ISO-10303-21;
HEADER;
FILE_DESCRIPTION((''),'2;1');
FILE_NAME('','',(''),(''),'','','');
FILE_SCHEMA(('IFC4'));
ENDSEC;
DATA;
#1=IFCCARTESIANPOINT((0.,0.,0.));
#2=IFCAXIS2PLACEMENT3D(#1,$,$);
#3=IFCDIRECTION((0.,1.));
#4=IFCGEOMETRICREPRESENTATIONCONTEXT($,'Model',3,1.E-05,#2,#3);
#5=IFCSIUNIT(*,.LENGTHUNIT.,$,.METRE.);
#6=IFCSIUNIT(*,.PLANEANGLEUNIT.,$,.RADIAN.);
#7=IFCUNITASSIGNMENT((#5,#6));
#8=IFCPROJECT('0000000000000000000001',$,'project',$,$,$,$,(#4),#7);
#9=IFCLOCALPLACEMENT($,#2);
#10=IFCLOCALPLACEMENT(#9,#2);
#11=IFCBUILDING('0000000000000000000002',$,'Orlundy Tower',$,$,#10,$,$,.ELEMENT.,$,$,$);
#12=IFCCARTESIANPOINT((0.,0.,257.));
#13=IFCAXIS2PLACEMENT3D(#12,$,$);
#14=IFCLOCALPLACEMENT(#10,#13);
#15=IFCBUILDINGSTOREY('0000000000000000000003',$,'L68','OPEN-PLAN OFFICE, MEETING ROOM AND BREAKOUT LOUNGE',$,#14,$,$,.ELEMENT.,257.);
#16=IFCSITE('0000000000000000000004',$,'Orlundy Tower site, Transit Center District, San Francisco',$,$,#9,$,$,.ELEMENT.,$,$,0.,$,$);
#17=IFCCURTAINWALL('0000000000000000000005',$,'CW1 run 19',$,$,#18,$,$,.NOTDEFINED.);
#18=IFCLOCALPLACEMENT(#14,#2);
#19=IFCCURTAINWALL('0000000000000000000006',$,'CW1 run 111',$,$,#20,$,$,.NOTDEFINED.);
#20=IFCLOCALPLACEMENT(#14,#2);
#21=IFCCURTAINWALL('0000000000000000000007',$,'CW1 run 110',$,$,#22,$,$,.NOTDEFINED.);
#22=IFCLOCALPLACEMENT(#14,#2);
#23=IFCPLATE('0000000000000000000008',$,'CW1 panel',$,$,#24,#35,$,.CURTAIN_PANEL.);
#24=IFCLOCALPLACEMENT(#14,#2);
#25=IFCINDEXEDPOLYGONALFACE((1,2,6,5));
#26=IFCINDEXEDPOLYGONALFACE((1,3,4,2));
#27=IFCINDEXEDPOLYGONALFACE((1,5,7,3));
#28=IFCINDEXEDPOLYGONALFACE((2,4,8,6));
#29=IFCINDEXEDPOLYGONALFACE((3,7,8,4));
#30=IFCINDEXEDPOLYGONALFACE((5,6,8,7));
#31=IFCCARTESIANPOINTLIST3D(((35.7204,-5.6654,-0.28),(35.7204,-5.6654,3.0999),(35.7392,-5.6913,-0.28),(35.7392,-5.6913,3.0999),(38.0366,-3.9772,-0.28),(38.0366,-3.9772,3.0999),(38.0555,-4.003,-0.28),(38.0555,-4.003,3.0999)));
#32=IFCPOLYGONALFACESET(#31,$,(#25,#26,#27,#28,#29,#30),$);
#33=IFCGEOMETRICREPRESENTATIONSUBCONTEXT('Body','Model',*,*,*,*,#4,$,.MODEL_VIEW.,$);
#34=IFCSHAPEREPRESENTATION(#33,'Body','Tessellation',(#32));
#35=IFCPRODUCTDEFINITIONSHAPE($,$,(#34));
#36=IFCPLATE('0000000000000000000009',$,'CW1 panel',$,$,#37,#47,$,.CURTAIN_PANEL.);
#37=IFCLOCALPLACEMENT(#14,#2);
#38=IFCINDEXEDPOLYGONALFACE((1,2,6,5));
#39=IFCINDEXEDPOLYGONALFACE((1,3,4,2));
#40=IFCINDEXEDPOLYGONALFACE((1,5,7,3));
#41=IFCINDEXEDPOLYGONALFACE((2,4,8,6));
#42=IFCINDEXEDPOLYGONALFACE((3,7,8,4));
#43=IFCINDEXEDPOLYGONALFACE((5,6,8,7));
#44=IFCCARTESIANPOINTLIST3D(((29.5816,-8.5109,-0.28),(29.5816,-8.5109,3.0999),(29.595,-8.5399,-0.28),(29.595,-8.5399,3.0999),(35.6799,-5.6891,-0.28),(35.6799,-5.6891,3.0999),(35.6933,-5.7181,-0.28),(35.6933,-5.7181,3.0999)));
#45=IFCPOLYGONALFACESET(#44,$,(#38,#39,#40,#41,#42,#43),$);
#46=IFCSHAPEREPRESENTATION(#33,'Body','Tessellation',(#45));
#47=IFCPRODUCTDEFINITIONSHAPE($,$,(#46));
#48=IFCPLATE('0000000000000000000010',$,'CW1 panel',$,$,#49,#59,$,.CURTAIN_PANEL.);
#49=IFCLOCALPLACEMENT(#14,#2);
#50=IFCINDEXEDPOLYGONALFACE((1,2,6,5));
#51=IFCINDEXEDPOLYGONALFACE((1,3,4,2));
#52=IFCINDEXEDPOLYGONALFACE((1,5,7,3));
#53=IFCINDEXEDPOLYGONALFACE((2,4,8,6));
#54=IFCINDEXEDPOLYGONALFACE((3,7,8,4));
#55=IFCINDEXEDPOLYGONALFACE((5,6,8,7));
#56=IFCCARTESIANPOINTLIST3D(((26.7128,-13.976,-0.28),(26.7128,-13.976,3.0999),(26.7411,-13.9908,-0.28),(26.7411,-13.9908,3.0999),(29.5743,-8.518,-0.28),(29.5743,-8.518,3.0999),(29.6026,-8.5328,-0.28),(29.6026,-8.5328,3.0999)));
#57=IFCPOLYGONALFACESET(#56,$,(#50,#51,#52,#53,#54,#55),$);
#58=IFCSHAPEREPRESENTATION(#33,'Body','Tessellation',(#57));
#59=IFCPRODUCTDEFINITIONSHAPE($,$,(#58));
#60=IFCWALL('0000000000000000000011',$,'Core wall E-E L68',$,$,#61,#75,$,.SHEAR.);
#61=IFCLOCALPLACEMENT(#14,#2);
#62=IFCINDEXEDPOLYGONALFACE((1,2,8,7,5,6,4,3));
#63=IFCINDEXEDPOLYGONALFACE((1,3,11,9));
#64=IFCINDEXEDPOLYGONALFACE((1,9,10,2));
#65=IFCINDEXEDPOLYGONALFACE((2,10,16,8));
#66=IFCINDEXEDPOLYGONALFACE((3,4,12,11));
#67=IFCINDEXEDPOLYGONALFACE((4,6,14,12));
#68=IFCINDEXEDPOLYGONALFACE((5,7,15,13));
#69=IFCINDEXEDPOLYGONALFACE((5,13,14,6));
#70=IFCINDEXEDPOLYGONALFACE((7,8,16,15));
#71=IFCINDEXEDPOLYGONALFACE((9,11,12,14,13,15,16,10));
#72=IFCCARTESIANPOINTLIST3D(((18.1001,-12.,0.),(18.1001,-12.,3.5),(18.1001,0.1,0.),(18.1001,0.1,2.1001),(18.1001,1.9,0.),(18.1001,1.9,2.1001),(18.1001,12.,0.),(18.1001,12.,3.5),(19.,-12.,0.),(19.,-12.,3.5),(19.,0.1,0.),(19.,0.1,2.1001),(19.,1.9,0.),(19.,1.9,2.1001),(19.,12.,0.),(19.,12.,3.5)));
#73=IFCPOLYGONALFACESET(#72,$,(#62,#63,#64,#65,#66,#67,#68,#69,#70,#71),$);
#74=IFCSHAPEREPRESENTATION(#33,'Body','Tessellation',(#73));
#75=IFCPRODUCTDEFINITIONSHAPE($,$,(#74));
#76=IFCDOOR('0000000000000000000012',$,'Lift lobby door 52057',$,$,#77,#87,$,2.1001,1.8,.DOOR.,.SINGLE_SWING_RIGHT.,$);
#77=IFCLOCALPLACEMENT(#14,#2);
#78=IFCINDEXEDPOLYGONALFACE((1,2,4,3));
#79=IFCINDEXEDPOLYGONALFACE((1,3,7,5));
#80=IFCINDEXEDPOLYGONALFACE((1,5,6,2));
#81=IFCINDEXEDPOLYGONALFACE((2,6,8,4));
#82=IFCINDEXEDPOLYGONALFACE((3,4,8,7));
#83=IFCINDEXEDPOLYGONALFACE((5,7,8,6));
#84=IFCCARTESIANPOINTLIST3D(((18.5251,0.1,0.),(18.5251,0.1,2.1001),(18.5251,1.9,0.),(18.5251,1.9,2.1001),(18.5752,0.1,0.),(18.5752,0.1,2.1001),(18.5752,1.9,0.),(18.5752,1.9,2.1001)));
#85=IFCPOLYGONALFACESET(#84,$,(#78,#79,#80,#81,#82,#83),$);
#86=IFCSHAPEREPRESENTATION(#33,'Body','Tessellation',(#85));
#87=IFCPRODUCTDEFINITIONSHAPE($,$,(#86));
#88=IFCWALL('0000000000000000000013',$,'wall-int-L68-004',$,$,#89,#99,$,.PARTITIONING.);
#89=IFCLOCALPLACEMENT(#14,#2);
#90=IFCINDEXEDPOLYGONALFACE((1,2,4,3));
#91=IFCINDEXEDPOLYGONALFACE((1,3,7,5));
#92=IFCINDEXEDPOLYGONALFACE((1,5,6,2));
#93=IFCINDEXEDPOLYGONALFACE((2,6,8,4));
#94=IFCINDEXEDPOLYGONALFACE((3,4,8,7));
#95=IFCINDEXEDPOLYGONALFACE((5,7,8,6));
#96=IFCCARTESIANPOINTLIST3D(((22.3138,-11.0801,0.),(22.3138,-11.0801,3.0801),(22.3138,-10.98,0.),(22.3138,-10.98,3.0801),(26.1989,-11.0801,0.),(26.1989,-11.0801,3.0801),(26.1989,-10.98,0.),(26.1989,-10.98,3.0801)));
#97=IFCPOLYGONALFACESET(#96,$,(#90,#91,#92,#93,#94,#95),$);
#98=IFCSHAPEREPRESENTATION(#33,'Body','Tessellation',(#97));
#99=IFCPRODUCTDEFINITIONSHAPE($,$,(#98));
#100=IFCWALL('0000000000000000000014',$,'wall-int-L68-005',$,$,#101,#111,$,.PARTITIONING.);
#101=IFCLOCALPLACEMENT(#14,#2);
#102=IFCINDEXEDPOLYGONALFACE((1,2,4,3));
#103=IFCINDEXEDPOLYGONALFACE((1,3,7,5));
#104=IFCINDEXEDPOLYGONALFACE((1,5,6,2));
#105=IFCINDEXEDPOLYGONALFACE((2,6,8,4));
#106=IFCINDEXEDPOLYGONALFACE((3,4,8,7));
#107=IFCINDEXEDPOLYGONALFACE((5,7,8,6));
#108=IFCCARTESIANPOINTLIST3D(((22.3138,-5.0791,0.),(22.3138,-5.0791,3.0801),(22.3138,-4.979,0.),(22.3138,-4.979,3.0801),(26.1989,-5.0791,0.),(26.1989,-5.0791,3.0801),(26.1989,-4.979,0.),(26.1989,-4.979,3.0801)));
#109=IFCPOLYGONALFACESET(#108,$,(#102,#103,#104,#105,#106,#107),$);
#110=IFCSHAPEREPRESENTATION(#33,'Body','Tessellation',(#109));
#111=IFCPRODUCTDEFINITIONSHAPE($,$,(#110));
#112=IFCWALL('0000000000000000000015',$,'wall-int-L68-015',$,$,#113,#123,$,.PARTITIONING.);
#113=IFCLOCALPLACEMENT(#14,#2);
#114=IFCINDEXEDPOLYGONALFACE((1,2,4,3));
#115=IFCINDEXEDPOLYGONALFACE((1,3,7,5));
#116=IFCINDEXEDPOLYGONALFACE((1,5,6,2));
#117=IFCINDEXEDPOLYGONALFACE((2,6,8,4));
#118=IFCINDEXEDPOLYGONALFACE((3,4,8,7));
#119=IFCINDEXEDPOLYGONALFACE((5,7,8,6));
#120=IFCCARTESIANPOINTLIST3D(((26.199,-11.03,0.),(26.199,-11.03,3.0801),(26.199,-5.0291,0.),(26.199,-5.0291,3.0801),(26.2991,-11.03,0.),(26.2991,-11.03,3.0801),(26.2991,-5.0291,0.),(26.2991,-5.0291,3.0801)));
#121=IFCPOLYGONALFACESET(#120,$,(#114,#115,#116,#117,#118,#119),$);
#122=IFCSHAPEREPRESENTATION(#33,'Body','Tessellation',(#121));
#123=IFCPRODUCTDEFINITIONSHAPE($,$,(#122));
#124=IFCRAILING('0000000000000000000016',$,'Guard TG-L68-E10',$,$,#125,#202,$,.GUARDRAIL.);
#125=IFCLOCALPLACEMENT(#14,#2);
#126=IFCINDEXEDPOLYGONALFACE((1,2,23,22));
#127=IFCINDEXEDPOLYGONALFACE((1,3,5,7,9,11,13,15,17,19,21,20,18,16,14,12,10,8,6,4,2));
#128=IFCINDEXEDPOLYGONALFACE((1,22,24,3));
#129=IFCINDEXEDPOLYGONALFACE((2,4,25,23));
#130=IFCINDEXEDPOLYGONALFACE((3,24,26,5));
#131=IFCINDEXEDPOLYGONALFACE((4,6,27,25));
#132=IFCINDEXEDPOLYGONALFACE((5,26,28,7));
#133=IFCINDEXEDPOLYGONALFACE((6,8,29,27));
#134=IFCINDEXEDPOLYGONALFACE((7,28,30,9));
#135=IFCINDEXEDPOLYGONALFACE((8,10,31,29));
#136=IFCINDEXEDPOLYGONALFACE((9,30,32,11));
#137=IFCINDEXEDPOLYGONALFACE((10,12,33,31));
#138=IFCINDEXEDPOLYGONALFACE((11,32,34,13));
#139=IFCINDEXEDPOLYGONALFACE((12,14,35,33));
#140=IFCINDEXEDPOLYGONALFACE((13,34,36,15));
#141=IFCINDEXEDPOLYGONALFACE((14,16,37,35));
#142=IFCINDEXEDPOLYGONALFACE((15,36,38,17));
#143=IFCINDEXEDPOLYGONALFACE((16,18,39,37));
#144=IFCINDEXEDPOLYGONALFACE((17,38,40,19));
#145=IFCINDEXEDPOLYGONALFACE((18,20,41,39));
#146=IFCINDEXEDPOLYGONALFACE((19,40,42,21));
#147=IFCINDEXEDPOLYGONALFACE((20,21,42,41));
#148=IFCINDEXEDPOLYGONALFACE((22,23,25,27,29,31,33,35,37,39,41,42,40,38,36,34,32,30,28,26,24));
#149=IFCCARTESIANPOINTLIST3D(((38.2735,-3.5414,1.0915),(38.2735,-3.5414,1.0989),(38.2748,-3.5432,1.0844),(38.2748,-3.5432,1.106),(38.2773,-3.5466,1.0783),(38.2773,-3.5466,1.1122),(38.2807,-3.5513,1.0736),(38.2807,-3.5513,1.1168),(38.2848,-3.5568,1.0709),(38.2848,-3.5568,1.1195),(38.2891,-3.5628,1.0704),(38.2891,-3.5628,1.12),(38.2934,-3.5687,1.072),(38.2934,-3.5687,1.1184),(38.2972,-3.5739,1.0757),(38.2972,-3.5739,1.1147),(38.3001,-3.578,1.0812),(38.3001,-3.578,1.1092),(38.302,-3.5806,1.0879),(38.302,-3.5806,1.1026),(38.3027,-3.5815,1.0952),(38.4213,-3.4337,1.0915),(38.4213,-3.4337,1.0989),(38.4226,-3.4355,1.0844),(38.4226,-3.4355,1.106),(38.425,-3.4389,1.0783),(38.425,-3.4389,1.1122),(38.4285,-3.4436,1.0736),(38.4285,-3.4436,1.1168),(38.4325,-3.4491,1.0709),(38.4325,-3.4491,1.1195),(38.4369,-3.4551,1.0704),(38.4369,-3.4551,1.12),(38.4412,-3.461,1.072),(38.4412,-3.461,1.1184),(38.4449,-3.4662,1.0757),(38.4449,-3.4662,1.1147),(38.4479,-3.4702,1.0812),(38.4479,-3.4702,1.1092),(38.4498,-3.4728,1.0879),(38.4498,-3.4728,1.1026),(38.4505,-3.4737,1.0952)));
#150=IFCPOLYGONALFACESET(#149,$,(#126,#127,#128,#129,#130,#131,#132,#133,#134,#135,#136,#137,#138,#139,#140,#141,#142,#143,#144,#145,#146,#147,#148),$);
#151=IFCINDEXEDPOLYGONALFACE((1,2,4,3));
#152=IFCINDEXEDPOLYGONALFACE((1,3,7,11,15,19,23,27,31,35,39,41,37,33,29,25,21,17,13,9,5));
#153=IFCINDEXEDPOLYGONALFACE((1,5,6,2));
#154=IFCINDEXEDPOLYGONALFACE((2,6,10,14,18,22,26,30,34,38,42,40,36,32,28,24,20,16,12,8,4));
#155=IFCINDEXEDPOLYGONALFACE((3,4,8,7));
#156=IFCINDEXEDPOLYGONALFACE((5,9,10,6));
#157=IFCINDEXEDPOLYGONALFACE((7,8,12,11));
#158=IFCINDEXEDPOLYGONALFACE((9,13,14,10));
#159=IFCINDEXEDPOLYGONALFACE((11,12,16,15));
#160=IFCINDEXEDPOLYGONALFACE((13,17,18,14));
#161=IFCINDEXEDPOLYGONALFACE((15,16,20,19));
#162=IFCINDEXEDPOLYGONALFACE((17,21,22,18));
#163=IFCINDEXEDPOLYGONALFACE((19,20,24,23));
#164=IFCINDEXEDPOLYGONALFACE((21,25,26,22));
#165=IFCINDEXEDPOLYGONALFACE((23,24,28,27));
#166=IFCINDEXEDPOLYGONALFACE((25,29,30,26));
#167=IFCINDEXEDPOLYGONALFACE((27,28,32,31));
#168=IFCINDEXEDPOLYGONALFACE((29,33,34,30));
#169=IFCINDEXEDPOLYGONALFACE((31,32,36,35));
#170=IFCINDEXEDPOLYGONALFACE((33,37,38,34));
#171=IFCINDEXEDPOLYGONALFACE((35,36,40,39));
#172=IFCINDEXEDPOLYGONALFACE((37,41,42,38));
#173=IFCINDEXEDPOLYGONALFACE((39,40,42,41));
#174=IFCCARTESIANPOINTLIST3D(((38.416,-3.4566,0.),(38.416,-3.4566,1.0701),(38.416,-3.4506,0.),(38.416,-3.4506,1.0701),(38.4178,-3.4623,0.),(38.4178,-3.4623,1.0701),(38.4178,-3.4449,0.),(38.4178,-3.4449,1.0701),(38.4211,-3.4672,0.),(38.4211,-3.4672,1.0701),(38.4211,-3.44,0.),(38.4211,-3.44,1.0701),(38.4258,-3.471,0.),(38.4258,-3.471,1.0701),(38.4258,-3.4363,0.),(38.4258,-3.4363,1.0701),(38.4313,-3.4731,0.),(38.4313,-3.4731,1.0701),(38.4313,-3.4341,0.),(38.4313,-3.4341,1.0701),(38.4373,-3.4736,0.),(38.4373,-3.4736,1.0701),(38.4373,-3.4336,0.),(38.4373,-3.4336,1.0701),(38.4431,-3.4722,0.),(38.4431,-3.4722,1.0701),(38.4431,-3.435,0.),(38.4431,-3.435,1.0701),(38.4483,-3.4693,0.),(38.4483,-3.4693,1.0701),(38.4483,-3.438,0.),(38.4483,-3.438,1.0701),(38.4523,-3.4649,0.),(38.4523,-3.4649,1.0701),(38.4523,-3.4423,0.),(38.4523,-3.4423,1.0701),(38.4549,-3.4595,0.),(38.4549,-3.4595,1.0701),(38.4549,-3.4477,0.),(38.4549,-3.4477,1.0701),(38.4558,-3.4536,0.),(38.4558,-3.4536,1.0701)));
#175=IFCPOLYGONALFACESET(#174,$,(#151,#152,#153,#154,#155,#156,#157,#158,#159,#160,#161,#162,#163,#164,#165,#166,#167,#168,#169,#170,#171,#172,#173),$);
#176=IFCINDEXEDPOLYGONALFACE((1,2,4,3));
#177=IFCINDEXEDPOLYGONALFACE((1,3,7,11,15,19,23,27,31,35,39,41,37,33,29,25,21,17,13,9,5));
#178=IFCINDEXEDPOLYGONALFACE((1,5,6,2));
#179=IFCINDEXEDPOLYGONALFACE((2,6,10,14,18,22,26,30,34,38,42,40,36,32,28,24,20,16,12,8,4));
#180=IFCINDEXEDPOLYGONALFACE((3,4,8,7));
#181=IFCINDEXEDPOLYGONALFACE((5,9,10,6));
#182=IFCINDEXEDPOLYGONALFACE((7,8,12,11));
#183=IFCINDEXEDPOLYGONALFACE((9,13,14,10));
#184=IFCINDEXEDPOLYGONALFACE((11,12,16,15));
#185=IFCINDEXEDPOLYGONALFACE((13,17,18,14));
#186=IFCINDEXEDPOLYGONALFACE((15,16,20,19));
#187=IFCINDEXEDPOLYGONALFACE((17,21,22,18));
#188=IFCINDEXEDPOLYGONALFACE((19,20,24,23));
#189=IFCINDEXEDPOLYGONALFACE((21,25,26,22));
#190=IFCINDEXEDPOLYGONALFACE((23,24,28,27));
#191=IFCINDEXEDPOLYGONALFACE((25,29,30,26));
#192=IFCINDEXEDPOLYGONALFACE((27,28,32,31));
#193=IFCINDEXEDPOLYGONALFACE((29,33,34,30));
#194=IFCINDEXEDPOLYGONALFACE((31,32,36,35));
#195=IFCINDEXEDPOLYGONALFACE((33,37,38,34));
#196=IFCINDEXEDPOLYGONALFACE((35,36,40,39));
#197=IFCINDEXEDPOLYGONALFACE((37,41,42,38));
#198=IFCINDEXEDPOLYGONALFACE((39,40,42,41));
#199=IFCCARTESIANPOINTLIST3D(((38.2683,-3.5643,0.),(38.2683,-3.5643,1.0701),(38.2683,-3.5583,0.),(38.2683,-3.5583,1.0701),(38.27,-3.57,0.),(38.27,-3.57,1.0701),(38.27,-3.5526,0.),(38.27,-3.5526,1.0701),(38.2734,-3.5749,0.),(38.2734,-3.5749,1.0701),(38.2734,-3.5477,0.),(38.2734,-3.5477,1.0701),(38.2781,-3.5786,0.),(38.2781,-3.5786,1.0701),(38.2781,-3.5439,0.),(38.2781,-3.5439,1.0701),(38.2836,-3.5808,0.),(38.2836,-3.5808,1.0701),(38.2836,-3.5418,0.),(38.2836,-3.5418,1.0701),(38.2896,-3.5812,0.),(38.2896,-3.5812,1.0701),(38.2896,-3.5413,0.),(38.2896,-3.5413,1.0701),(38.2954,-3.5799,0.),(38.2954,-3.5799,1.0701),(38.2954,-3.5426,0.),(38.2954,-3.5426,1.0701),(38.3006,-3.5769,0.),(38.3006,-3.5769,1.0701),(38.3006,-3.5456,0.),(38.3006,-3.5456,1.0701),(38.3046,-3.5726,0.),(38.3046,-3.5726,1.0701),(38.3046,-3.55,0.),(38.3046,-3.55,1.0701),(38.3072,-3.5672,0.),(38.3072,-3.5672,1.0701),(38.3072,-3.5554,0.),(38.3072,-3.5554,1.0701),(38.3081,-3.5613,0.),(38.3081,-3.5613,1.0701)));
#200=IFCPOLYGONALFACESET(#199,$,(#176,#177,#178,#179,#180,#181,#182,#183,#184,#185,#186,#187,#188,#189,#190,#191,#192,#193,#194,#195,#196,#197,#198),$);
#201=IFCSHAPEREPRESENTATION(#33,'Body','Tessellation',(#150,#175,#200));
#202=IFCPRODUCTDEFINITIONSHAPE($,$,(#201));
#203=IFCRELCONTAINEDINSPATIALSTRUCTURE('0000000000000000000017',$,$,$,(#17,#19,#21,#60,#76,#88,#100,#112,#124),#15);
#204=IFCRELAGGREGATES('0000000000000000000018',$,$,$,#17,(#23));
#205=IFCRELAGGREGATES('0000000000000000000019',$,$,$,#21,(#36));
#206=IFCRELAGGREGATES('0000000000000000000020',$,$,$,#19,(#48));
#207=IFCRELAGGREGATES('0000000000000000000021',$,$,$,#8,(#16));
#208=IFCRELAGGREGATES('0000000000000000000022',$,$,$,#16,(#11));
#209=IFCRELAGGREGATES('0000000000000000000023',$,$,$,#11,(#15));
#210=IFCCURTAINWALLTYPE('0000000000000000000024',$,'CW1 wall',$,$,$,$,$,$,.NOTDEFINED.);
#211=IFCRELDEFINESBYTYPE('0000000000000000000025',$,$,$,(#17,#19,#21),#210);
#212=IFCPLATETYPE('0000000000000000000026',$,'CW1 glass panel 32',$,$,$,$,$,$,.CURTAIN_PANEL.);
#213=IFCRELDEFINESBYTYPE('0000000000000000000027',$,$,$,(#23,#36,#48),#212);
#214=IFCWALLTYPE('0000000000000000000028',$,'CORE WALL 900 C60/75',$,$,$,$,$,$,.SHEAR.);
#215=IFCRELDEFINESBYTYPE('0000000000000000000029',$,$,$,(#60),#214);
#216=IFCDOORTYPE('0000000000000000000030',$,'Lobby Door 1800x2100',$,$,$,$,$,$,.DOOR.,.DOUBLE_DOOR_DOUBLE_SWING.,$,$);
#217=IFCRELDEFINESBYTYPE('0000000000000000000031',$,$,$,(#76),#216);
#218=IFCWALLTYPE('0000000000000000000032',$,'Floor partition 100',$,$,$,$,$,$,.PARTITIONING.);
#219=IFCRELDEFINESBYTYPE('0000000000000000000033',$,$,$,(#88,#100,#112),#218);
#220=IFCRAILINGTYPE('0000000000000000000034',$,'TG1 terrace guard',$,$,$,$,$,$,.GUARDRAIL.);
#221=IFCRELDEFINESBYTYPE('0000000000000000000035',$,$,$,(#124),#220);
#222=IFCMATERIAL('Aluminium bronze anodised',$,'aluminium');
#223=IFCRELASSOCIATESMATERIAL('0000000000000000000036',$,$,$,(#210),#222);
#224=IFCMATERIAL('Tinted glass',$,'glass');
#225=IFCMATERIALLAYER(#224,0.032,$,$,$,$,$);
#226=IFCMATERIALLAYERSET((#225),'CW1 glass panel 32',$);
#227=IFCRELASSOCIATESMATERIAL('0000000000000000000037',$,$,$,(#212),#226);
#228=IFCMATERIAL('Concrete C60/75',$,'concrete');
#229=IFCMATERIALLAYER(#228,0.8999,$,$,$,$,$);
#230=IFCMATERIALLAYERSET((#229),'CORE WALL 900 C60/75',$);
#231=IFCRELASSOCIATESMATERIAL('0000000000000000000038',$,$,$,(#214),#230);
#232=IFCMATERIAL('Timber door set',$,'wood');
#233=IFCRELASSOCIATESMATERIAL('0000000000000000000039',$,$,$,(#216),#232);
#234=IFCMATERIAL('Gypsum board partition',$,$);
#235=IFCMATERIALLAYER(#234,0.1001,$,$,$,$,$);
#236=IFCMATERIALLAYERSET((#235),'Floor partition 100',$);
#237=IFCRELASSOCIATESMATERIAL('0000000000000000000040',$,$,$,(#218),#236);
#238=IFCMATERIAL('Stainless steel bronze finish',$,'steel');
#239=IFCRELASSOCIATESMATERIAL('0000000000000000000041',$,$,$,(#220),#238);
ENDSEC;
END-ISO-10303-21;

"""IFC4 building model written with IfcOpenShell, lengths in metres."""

from ifc_helpers import new_model, si_unit, direction, frame, frame_2d, origin, origin_2d, place, context, subcontext, project, spatial, rectangle, circle, extrude, material, layer, layer_set, type_object, element, fill, aggregate, save


model = new_model("IFC4")

# Units and contexts
model_context = context("Model", 3, precision=1e-05, world=origin(), true_north=direction((0.0, 1.0)))
body_context = subcontext(model_context, "Body", "Model", "MODEL_VIEW")
ifc_project = project(units=[si_unit("LENGTHUNIT", "METRE"), si_unit("PLANEANGLEUNIT", "RADIAN")], contexts=[model_context])

# Site, building, storey
site_placement = place(None, origin())
site = spatial("IfcSite", under=ifc_project, at=site_placement, Name="Orlundy Tower site, Transit Center District, San Francisco", CompositionType="ELEMENT", RefElevation=0.0)
building_placement = place(site_placement, origin())
building = spatial("IfcBuilding", under=site, at=building_placement, Name="Orlundy Tower", CompositionType="ELEMENT")
storey_placement = place(building_placement, frame((0.0, 0.0, 257.0)))
storey = spatial("IfcBuildingStorey", under=building, at=storey_placement, Name="L68", Description="OPEN-PLAN OFFICE, MEETING ROOM AND BREAKOUT LOUNGE", CompositionType="ELEMENT", Elevation=257.0)

# Curtain walls
ifc_material_1 = material(Name="Aluminium bronze anodised", Category="aluminium")
curtain_wall_type = type_object("IfcCurtainWallType", Name="CW1 wall", PredefinedType="NOTDEFINED", material=ifc_material_1)
curtain_wall_1_placement = place(storey_placement, origin())
curtain_wall_1 = element("IfcCurtainWall", 1, at=curtain_wall_1_placement, inside=storey, type_object=curtain_wall_type, Name="CW1 run 19", PredefinedType="NOTDEFINED")
curtain_wall_2_placement = place(storey_placement, origin())
curtain_wall_2 = element("IfcCurtainWall", 2, at=curtain_wall_2_placement, inside=storey, type_object=curtain_wall_type, Name="CW1 run 111", PredefinedType="NOTDEFINED")
curtain_wall_3_placement = place(storey_placement, origin())
curtain_wall_3 = element("IfcCurtainWall", 3, at=curtain_wall_3_placement, inside=storey, type_object=curtain_wall_type, Name="CW1 run 110", PredefinedType="NOTDEFINED")

# Plates
ifc_material_2 = material(Name="Tinted glass", Category="glass")
ifc_layer_1 = layer(ifc_material_2, 0.032)
ifc_layer_set_1 = layer_set([ifc_layer_1], Name="CW1 glass panel 32")
plate_type = type_object("IfcPlateType", Name="CW1 glass panel 32", PredefinedType="CURTAIN_PANEL", material=ifc_layer_set_1)
plate_1_placement = place(storey_placement, frame((36.8879, -4.8342, -0.28), z_axis=(0.0, 0.0, 1.0), x_axis=(-0.808117, -0.589022, 0.0)))
plate_1 = element("IfcPlate", 4, at=plate_1_placement, type_object=plate_type, Name="CW1 panel", PredefinedType="CURTAIN_PANEL", context=body_context, shape_type="SweptSolid", body=[
    extrude(rectangle(XDim=2.8662, YDim=0.032, at=origin_2d()), origin(), (0.0, 0.0, 1.0), 3.3799),
])
aggregate(curtain_wall_1, [plate_1])
plate_2_placement = place(storey_placement, frame((32.6375, -7.1145, -0.28), z_axis=(0.0, 0.0, 1.0), x_axis=(-0.907549, -0.419946, 0.0)))
plate_2 = element("IfcPlate", 5, at=plate_2_placement, type_object=plate_type, Name="CW1 panel", PredefinedType="CURTAIN_PANEL", context=body_context, shape_type="SweptSolid", body=[
    extrude(rectangle(XDim=6.7195, YDim=0.032, at=origin_2d()), origin(), (0.0, 0.0, 1.0), 3.3799),
])
aggregate(curtain_wall_3, [plate_2])
plate_3_placement = place(storey_placement, frame((28.1577, -11.2544, -0.28), z_axis=(0.0, 0.0, 1.0), x_axis=(-0.464333, -0.885661, 0.0)))
plate_3 = element("IfcPlate", 6, at=plate_3_placement, type_object=plate_type, Name="CW1 panel", PredefinedType="CURTAIN_PANEL", context=body_context, shape_type="SweptSolid", body=[
    extrude(rectangle(XDim=6.1626, YDim=0.032, at=origin_2d()), origin(), (0.0, 0.0, 1.0), 3.3799),
])
aggregate(curtain_wall_2, [plate_3])

# Wall, opening, door
ifc_material_3 = material(Name="Concrete C60/75", Category="concrete")
ifc_layer_2 = layer(ifc_material_3, 0.8999)
ifc_layer_set_2 = layer_set([ifc_layer_2], Name="CORE WALL 900 C60/75")
wall_type_1 = type_object("IfcWallType", Name="CORE WALL 900 C60/75", PredefinedType="SHEAR", material=ifc_layer_set_2)
wall_1_placement = place(storey_placement, frame((18.55, -12.0, 0.0), z_axis=(0.0, 0.0, 1.0), x_axis=(0.0, 1.0, 0.0)))
wall_1 = element("IfcWall", 7, at=wall_1_placement, inside=storey, type_object=wall_type_1, Name="Core wall E-E L68", PredefinedType="SHEAR", context=body_context, shape_type="SweptSolid", body=[
    extrude(rectangle(XDim=24.0, YDim=0.8999, at=frame_2d((12.0, 0.0))), origin(), (0.0, 0.0, 1.0), 3.5),
])
opening_placement = place(wall_1_placement, frame((12.1001, 0.0, 0.0)))
opening = element("IfcOpeningElement", 8, at=opening_placement, cuts=wall_1, PredefinedType="OPENING", context=body_context, shape_type="SweptSolid", body=[
    extrude(rectangle(XDim=1.8, YDim=2.1001, at=frame_2d((0.8999, 1.05))), frame((0.0, 0.46, 0.0), z_axis=(0.0, -1.0, 0.0), x_axis=(1.0, 0.0, 0.0)), (0.0, 0.0, 1.0), 0.9199),
])
ifc_material_4 = material(Name="Timber door set", Category="wood")
door_type = type_object("IfcDoorType", Name="Lobby Door 1800x2100", OperationType="DOUBLE_DOOR_DOUBLE_SWING", PredefinedType="DOOR", material=ifc_material_4)
door_placement = place(opening_placement, origin())
door = element("IfcDoor", 9, at=door_placement, inside=storey, type_object=door_type, Name="Lift lobby door 52057", OperationType="SINGLE_SWING_RIGHT", OverallHeight=2.1001, OverallWidth=1.8, PredefinedType="DOOR", context=body_context, shape_type="SweptSolid", body=[
    extrude(rectangle(XDim=1.8, YDim=2.1001, at=frame_2d((0.8999, 1.05))), frame((0.0, 0.0249, 0.0), z_axis=(0.0, -1.0, 0.0), x_axis=(1.0, 0.0, 0.0)), (0.0, 0.0, 1.0), 0.05),
])
fill(opening, door)

# Walls
ifc_material_5 = material(Name="Gypsum board partition")
ifc_layer_3 = layer(ifc_material_5, 0.1001)
ifc_layer_set_3 = layer_set([ifc_layer_3], Name="Floor partition 100")
wall_type_2 = type_object("IfcWallType", Name="Floor partition 100", PredefinedType="PARTITIONING", material=ifc_layer_set_3)
for number, where, z_axis, x_axis, name in (
    (10, (22.314, -11.03, 0.0), (0.0, 0.0, 1.0), (1.0, 0.0, 0.0), "wall-int-L68-004"),
    (11, (22.314, -5.0291, 0.0), (0.0, 0.0, 1.0), (1.0, 0.0, 0.0), "wall-int-L68-005"),
):
    element("IfcWall", number, at=place(storey_placement, frame(where, z_axis=z_axis, x_axis=x_axis)), inside=storey, type_object=wall_type_2, Name=name, PredefinedType="PARTITIONING", context=body_context, shape_type="SweptSolid", body=[
        extrude(rectangle(XDim=3.885, YDim=0.1001, at=frame_2d((1.9424, 0.0))), origin(), (0.0, 0.0, 1.0), 3.0801),
    ])
wall_2_placement = place(storey_placement, frame((26.249, -11.03, 0.0), z_axis=(0.0, 0.0, 1.0), x_axis=(0.0, 1.0, 0.0)))
element("IfcWall", 12, at=wall_2_placement, inside=storey, type_object=wall_type_2, Name="wall-int-L68-015", PredefinedType="PARTITIONING", context=body_context, shape_type="SweptSolid", body=[
    extrude(rectangle(XDim=6.001, YDim=0.1001, at=frame_2d((3.0005, 0.0))), origin(), (0.0, 0.0, 1.0), 3.0801),
])

# Railing
ifc_material_6 = material(Name="Stainless steel bronze finish", Category="steel")
railing_type = type_object("IfcRailingType", Name="TG1 terrace guard", PredefinedType="GUARDRAIL", material=ifc_material_6)
railing_placement = place(storey_placement, frame((38.4358, -3.4536, 0.0)))
element("IfcRailing", 13, at=railing_placement, inside=storey, type_object=railing_type, Name="Guard TG-L68-E10", PredefinedType="GUARDRAIL", context=body_context, shape_type="SweptSolid", body=[
    extrude(circle(Radius=0.0249, at=origin_2d()), frame((0.0, 0.0, 1.0952), z_axis=(-0.8081, -0.589045, 0.0), x_axis=(0.589045, -0.8081, 0.0)), (0.0, 0.0, 1.0), 0.1829),
    extrude(circle(Radius=0.02, at=origin_2d()), origin(), (0.0, 0.0, 1.0), 1.0701),
    extrude(circle(Radius=0.02, at=origin_2d()), frame((-0.1477, -0.1077, 0.0)), (0.0, 0.0, 1.0), 1.0701),
])

save(model, "model.ifc")
